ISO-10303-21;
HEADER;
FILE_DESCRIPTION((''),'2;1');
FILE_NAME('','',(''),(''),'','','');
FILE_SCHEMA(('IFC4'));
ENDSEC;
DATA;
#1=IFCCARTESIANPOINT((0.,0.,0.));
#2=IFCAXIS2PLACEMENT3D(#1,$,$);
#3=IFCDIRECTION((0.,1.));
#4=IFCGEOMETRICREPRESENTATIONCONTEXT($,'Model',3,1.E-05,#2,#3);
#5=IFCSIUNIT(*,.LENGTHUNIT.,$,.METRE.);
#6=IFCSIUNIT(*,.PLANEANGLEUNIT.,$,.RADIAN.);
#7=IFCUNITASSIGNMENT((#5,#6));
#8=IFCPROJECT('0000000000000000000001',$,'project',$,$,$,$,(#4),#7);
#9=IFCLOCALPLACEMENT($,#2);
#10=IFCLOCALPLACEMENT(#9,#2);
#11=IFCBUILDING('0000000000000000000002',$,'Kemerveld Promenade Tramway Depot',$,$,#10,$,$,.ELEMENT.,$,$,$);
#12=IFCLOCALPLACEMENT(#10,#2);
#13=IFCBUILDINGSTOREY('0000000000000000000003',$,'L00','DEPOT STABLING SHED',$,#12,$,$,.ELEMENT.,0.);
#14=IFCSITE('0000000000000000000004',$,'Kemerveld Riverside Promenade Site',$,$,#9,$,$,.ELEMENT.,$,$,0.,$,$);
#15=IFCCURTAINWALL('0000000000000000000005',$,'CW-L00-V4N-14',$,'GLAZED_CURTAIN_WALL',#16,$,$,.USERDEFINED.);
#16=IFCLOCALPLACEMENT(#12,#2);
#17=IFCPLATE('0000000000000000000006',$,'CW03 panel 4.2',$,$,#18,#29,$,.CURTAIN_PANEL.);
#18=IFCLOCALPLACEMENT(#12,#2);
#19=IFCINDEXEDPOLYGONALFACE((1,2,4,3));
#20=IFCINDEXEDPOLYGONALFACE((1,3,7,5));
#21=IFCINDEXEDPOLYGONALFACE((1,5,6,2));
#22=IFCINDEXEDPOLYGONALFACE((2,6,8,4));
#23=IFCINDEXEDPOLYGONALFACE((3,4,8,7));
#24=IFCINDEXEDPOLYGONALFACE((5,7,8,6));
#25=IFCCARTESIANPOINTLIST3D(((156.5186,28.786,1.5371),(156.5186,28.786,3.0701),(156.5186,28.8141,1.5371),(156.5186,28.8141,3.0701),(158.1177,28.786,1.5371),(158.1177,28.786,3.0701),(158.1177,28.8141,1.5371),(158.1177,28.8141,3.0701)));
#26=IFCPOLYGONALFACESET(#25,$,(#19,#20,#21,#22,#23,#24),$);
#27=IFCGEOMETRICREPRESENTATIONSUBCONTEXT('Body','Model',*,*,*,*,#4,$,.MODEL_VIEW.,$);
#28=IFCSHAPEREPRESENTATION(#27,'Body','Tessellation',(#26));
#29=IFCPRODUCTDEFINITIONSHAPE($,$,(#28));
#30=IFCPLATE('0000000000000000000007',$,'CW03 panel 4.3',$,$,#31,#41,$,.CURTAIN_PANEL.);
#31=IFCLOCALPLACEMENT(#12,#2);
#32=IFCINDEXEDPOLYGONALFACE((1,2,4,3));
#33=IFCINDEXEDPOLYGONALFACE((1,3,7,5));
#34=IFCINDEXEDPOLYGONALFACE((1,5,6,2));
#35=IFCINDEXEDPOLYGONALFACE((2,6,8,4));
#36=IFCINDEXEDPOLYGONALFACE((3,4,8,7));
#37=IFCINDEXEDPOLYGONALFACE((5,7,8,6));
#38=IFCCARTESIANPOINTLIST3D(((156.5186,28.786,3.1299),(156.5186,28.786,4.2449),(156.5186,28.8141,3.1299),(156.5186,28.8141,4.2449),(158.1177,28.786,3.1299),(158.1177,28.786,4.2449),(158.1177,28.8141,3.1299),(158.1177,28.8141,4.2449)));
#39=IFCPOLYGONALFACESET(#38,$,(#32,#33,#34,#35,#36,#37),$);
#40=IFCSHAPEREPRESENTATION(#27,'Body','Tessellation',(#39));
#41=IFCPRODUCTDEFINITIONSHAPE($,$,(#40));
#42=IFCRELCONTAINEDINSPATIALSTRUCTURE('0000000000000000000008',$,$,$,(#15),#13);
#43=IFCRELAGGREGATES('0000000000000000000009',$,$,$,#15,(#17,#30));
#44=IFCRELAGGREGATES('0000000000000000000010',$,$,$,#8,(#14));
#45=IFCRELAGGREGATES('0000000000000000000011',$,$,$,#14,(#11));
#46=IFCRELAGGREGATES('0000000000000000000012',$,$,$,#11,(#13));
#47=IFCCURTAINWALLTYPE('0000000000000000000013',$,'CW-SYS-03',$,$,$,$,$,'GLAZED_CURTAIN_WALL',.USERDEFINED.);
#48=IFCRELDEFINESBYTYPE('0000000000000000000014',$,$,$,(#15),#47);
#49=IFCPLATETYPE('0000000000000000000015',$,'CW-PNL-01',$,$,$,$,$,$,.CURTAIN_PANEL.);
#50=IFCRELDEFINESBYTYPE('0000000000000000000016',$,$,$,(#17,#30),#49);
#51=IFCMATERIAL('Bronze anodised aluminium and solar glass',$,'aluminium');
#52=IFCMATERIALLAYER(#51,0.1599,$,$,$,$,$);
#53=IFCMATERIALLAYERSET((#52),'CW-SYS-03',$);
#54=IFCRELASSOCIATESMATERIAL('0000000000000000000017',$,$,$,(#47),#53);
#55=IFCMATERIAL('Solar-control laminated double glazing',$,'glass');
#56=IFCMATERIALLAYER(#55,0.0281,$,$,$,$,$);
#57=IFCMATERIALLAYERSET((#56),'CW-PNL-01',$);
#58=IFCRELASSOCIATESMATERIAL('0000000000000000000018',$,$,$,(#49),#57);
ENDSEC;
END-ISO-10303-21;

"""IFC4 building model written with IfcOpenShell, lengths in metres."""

from ifc_helpers import new_model, si_unit, direction, frame, origin, origin_2d, place, context, subcontext, project, spatial, rectangle, extrude, material, layer, layer_set, type_object, element, aggregate, save


model = new_model("IFC4")

# Units and contexts
model_context = context("Model", 3, precision=1e-05, world=origin(), true_north=direction((0.0, 1.0)))
body_context = subcontext(model_context, "Body", "Model", "MODEL_VIEW")
ifc_project = project(units=[si_unit("LENGTHUNIT", "METRE"), si_unit("PLANEANGLEUNIT", "RADIAN")], contexts=[model_context])

# Site, building, storey
site_placement = place(None, origin())
site = spatial("IfcSite", under=ifc_project, at=site_placement, Name="Kemerveld Riverside Promenade Site", CompositionType="ELEMENT", RefElevation=0.0)
building_placement = place(site_placement, origin())
building = spatial("IfcBuilding", under=site, at=building_placement, Name="Kemerveld Promenade Tramway Depot", CompositionType="ELEMENT")
storey_placement = place(building_placement, origin())
storey = spatial("IfcBuildingStorey", under=building, at=storey_placement, Name="L00", Description="DEPOT STABLING SHED", CompositionType="ELEMENT", Elevation=0.0)

# Curtain wall, plates
ifc_material_1 = material(Name="Bronze anodised aluminium and solar glass", Category="aluminium")
ifc_layer_1 = layer(ifc_material_1, 0.1599)
ifc_layer_set_1 = layer_set([ifc_layer_1], Name="CW-SYS-03")
curtain_wall_type = type_object("IfcCurtainWallType", Name="CW-SYS-03", ElementType="GLAZED_CURTAIN_WALL", PredefinedType="USERDEFINED", material=ifc_layer_set_1)
curtain_wall_placement = place(storey_placement, origin())
curtain_wall = element("IfcCurtainWall", 1, at=curtain_wall_placement, inside=storey, type_object=curtain_wall_type, Name="CW-L00-V4N-14", ObjectType="GLAZED_CURTAIN_WALL", PredefinedType="USERDEFINED")
ifc_material_2 = material(Name="Solar-control laminated double glazing", Category="glass")
ifc_layer_2 = layer(ifc_material_2, 0.0281)
ifc_layer_set_2 = layer_set([ifc_layer_2], Name="CW-PNL-01")
plate_type = type_object("IfcPlateType", Name="CW-PNL-01", PredefinedType="CURTAIN_PANEL", material=ifc_layer_set_2)
plate_1_placement = place(storey_placement, frame((157.3181, 28.8, 1.5371), z_axis=(0.0, 0.0, 1.0), x_axis=(1.0, 0.0, 0.0)))
plate_1 = element("IfcPlate", 2, at=plate_1_placement, type_object=plate_type, Name="CW03 panel 4.2", PredefinedType="CURTAIN_PANEL", context=body_context, shape_type="SweptSolid", body=[
    extrude(rectangle(XDim=1.5991, YDim=0.0281, at=origin_2d()), origin(), (0.0, 0.0, 1.0), 1.533),
])
plate_2_placement = place(storey_placement, frame((157.3181, 28.8, 3.1299), z_axis=(0.0, 0.0, 1.0), x_axis=(1.0, 0.0, 0.0)))
plate_2 = element("IfcPlate", 3, at=plate_2_placement, type_object=plate_type, Name="CW03 panel 4.3", PredefinedType="CURTAIN_PANEL", context=body_context, shape_type="SweptSolid", body=[
    extrude(rectangle(XDim=1.5991, YDim=0.0281, at=origin_2d()), origin(), (0.0, 0.0, 1.0), 1.115),
])
aggregate(curtain_wall, [plate_1, plate_2])

save(model, "model.ifc")
